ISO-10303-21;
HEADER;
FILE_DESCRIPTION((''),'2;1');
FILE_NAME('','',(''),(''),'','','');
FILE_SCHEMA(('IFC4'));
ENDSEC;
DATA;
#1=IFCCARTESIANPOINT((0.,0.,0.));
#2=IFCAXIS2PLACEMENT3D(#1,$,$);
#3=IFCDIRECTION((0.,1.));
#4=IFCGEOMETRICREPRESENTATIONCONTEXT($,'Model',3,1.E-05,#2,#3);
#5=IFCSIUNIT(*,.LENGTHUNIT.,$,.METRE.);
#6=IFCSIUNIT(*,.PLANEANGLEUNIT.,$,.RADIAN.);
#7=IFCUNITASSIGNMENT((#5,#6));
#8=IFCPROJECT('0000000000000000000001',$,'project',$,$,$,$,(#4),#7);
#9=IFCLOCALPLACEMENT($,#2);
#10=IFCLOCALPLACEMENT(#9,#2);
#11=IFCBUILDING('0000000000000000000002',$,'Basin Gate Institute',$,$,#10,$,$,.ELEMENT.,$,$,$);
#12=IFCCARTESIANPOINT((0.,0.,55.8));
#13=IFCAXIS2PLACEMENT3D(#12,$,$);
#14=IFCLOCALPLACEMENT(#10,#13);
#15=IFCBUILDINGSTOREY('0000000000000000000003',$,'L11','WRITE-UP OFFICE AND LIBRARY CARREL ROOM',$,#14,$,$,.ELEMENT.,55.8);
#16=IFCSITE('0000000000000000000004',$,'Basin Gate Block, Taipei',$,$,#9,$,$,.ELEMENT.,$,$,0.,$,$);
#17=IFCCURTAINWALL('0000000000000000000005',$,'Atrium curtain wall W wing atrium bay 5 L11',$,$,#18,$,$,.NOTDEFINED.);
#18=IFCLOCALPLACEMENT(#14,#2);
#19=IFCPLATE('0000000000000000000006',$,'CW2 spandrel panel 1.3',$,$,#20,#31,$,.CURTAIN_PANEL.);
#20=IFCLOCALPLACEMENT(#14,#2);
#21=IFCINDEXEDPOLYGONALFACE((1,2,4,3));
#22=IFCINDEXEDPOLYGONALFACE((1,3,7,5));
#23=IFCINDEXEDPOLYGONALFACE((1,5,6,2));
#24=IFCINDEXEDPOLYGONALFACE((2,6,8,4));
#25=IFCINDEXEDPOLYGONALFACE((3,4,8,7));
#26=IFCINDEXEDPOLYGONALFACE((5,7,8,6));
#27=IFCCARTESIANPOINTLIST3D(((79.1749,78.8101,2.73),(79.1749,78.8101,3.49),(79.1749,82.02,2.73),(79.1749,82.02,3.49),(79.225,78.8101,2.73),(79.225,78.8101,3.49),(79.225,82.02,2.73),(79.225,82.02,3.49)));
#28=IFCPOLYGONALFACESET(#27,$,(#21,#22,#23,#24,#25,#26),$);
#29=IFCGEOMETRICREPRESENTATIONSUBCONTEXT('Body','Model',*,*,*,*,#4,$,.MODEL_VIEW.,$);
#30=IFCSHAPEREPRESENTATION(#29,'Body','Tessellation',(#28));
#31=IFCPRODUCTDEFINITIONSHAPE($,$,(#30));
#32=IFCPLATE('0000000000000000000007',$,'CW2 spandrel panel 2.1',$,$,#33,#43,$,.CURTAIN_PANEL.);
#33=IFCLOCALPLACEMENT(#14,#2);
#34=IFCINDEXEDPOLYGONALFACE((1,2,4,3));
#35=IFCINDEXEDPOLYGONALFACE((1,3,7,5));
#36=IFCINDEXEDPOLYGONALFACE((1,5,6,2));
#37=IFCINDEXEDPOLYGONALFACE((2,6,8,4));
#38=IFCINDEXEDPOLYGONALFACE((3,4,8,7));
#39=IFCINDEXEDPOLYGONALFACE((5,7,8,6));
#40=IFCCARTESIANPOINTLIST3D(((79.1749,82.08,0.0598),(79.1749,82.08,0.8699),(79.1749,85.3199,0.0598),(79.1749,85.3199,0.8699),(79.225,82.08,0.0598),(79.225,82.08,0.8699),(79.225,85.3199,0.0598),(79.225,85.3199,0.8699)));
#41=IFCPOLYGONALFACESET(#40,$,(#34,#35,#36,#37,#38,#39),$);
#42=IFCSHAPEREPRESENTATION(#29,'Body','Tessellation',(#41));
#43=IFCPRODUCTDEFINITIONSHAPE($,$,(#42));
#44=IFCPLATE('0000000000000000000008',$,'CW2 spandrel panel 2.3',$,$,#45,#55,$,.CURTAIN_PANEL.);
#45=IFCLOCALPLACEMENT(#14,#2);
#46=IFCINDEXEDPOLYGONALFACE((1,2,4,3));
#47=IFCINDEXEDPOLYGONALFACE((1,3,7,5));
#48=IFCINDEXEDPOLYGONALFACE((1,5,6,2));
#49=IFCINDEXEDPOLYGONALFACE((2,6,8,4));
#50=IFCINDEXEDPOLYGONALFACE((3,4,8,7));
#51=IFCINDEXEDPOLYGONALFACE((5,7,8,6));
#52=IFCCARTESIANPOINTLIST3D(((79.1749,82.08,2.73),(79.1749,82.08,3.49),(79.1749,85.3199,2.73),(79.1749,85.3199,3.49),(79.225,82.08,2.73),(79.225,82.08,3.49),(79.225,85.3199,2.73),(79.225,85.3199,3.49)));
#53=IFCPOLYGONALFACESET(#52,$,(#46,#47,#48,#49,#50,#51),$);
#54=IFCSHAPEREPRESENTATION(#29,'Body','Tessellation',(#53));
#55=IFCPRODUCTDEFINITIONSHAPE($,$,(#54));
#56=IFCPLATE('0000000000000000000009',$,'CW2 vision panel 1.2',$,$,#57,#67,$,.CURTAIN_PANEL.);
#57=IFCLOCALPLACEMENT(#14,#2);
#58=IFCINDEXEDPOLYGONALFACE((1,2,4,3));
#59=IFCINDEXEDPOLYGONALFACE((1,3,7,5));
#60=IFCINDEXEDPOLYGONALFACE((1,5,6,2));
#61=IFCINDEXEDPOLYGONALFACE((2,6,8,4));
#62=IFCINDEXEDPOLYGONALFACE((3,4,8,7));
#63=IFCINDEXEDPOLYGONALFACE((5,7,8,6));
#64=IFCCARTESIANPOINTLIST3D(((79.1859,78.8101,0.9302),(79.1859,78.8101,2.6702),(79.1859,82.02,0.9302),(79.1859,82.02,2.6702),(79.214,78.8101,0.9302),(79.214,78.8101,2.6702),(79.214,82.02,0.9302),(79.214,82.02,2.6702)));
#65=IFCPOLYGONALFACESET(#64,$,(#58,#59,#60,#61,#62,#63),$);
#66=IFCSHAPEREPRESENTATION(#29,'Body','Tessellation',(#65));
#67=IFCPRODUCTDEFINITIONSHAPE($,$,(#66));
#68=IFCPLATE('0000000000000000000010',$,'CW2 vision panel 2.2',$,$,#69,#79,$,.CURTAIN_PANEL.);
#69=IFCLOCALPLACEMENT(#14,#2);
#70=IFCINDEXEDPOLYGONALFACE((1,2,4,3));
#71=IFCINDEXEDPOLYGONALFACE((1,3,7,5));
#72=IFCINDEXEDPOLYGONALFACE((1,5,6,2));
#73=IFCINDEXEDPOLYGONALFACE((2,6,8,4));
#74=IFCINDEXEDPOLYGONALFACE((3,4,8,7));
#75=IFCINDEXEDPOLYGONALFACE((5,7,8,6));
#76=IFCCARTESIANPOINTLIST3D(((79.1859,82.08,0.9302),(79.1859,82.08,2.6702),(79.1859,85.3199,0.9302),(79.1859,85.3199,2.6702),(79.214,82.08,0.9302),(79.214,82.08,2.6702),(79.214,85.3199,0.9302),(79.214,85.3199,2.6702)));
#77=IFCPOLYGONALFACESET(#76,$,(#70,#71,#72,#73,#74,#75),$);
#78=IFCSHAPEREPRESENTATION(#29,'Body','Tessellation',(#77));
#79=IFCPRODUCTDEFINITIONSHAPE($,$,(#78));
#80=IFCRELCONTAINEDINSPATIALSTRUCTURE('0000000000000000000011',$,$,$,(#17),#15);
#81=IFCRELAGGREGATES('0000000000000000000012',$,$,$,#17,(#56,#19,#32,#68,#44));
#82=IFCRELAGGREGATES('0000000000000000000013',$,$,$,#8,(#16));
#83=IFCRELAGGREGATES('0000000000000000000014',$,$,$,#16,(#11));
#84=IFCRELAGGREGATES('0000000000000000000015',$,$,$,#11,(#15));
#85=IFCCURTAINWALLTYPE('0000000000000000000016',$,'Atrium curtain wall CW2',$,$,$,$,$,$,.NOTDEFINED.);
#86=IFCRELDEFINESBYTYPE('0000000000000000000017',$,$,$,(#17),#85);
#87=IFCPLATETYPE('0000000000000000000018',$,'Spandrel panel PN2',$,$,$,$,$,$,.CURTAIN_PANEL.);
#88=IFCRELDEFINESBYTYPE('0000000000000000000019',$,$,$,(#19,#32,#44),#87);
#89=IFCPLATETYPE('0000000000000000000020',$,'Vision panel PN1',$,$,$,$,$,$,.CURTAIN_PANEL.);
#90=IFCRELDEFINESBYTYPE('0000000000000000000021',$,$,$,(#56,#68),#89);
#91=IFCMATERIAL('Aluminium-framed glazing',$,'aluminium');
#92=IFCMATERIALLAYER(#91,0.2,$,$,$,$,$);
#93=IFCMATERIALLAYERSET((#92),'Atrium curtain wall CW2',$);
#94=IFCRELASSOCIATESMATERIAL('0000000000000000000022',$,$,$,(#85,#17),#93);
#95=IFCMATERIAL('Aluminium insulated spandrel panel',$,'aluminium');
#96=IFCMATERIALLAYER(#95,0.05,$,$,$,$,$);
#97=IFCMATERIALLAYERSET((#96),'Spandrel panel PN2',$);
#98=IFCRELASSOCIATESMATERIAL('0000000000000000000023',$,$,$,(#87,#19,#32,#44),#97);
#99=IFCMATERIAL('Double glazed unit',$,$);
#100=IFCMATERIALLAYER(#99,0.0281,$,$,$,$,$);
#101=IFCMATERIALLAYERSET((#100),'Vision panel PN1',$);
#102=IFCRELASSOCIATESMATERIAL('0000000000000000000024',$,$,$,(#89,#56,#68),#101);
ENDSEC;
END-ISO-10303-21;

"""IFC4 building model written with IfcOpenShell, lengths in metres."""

from ifc_helpers import new_model, si_unit, direction, frame, origin, origin_2d, place, context, subcontext, project, spatial, rectangle, extrude, material, layer, layer_set, type_object, element, aggregate, save


model = new_model("IFC4")

# Units and contexts
model_context = context("Model", 3, precision=1e-05, world=origin(), true_north=direction((0.0, 1.0)))
body_context = subcontext(model_context, "Body", "Model", "MODEL_VIEW")
ifc_project = project(units=[si_unit("LENGTHUNIT", "METRE"), si_unit("PLANEANGLEUNIT", "RADIAN")], contexts=[model_context])

# Site, building, storey
site_placement = place(None, origin())
site = spatial("IfcSite", under=ifc_project, at=site_placement, Name="Basin Gate Block, Taipei", CompositionType="ELEMENT", RefElevation=0.0)
building_placement = place(site_placement, origin())
building = spatial("IfcBuilding", under=site, at=building_placement, Name="Basin Gate Institute", CompositionType="ELEMENT")
storey_placement = place(building_placement, frame((0.0, 0.0, 55.8)))
storey = spatial("IfcBuildingStorey", under=building, at=storey_placement, Name="L11", Description="WRITE-UP OFFICE AND LIBRARY CARREL ROOM", CompositionType="ELEMENT", Elevation=55.8)

# Shared definitions
ifc_material_1 = material(Name="Aluminium-framed glazing", Category="aluminium")
ifc_layer_1 = layer(ifc_material_1, 0.2)
ifc_layer_set_1 = layer_set([ifc_layer_1], Name="Atrium curtain wall CW2")
curtain_wall_type = type_object("IfcCurtainWallType", Name="Atrium curtain wall CW2", PredefinedType="NOTDEFINED", material=ifc_layer_set_1)

# Curtain wall, plates
curtain_wall_1_placement = place(storey_placement, origin())
curtain_wall_1 = element("IfcCurtainWall", 1, at=curtain_wall_1_placement, inside=storey, type_object=curtain_wall_type, material=ifc_layer_set_1, Name="Atrium curtain wall W wing atrium bay 5 L11", PredefinedType="NOTDEFINED")
ifc_material_2 = material(Name="Aluminium insulated spandrel panel", Category="aluminium")
ifc_layer_2 = layer(ifc_material_2, 0.05)
ifc_layer_set_2 = layer_set([ifc_layer_2], Name="Spandrel panel PN2")
plate_type_1 = type_object("IfcPlateType", Name="Spandrel panel PN2", PredefinedType="CURTAIN_PANEL", material=ifc_layer_set_2)
plate_1_placement = place(storey_placement, frame((79.2, 80.415, 2.73), z_axis=(0.0, 0.0, 1.0), x_axis=(0.0, 1.0, 0.0)))
plate_1 = element("IfcPlate", 2, at=plate_1_placement, type_object=plate_type_1, material=ifc_layer_set_2, Name="CW2 spandrel panel 1.3", PredefinedType="CURTAIN_PANEL", context=body_context, shape_type="SweptSolid", body=[
    extrude(rectangle(XDim=3.21, YDim=0.05, at=origin_2d()), origin(), (0.0, 0.0, 1.0), 0.76),
])
plate_2_placement = place(storey_placement, frame((79.2, 83.7, 0.0598), z_axis=(0.0, 0.0, 1.0), x_axis=(0.0, 1.0, 0.0)))
plate_2 = element("IfcPlate", 3, at=plate_2_placement, type_object=plate_type_1, material=ifc_layer_set_2, Name="CW2 spandrel panel 2.1", PredefinedType="CURTAIN_PANEL", context=body_context, shape_type="SweptSolid", body=[
    extrude(rectangle(XDim=3.24, YDim=0.05, at=origin_2d()), origin(), (0.0, 0.0, 1.0), 0.8101),
])
plate_3_placement = place(storey_placement, frame((79.2, 83.7, 2.73), z_axis=(0.0, 0.0, 1.0), x_axis=(0.0, 1.0, 0.0)))
plate_3 = element("IfcPlate", 4, at=plate_3_placement, type_object=plate_type_1, material=ifc_layer_set_2, Name="CW2 spandrel panel 2.3", PredefinedType="CURTAIN_PANEL", context=body_context, shape_type="SweptSolid", body=[
    extrude(rectangle(XDim=3.24, YDim=0.05, at=origin_2d()), origin(), (0.0, 0.0, 1.0), 0.76),
])
ifc_material_3 = material(Name="Double glazed unit")
ifc_layer_3 = layer(ifc_material_3, 0.0281)
ifc_layer_set_3 = layer_set([ifc_layer_3], Name="Vision panel PN1")
plate_type_2 = type_object("IfcPlateType", Name="Vision panel PN1", PredefinedType="CURTAIN_PANEL", material=ifc_layer_set_3)
plate_4_placement = place(storey_placement, frame((79.2, 80.415, 0.9302), z_axis=(0.0, 0.0, 1.0), x_axis=(0.0, 1.0, 0.0)))
plate_4 = element("IfcPlate", 5, at=plate_4_placement, type_object=plate_type_2, material=ifc_layer_set_3, Name="CW2 vision panel 1.2", PredefinedType="CURTAIN_PANEL", context=body_context, shape_type="SweptSolid", body=[
    extrude(rectangle(XDim=3.21, YDim=0.0281, at=origin_2d()), origin(), (0.0, 0.0, 1.0), 1.74),
])
plate_5_placement = place(storey_placement, frame((79.2, 83.7, 0.9302), z_axis=(0.0, 0.0, 1.0), x_axis=(0.0, 1.0, 0.0)))
plate_5 = element("IfcPlate", 6, at=plate_5_placement, type_object=plate_type_2, material=ifc_layer_set_3, Name="CW2 vision panel 2.2", PredefinedType="CURTAIN_PANEL", context=body_context, shape_type="SweptSolid", body=[
    extrude(rectangle(XDim=3.24, YDim=0.0281, at=origin_2d()), origin(), (0.0, 0.0, 1.0), 1.74),
])
aggregate(curtain_wall_1, [plate_4, plate_1, plate_2, plate_5, plate_3])

save(model, "model.ifc")
